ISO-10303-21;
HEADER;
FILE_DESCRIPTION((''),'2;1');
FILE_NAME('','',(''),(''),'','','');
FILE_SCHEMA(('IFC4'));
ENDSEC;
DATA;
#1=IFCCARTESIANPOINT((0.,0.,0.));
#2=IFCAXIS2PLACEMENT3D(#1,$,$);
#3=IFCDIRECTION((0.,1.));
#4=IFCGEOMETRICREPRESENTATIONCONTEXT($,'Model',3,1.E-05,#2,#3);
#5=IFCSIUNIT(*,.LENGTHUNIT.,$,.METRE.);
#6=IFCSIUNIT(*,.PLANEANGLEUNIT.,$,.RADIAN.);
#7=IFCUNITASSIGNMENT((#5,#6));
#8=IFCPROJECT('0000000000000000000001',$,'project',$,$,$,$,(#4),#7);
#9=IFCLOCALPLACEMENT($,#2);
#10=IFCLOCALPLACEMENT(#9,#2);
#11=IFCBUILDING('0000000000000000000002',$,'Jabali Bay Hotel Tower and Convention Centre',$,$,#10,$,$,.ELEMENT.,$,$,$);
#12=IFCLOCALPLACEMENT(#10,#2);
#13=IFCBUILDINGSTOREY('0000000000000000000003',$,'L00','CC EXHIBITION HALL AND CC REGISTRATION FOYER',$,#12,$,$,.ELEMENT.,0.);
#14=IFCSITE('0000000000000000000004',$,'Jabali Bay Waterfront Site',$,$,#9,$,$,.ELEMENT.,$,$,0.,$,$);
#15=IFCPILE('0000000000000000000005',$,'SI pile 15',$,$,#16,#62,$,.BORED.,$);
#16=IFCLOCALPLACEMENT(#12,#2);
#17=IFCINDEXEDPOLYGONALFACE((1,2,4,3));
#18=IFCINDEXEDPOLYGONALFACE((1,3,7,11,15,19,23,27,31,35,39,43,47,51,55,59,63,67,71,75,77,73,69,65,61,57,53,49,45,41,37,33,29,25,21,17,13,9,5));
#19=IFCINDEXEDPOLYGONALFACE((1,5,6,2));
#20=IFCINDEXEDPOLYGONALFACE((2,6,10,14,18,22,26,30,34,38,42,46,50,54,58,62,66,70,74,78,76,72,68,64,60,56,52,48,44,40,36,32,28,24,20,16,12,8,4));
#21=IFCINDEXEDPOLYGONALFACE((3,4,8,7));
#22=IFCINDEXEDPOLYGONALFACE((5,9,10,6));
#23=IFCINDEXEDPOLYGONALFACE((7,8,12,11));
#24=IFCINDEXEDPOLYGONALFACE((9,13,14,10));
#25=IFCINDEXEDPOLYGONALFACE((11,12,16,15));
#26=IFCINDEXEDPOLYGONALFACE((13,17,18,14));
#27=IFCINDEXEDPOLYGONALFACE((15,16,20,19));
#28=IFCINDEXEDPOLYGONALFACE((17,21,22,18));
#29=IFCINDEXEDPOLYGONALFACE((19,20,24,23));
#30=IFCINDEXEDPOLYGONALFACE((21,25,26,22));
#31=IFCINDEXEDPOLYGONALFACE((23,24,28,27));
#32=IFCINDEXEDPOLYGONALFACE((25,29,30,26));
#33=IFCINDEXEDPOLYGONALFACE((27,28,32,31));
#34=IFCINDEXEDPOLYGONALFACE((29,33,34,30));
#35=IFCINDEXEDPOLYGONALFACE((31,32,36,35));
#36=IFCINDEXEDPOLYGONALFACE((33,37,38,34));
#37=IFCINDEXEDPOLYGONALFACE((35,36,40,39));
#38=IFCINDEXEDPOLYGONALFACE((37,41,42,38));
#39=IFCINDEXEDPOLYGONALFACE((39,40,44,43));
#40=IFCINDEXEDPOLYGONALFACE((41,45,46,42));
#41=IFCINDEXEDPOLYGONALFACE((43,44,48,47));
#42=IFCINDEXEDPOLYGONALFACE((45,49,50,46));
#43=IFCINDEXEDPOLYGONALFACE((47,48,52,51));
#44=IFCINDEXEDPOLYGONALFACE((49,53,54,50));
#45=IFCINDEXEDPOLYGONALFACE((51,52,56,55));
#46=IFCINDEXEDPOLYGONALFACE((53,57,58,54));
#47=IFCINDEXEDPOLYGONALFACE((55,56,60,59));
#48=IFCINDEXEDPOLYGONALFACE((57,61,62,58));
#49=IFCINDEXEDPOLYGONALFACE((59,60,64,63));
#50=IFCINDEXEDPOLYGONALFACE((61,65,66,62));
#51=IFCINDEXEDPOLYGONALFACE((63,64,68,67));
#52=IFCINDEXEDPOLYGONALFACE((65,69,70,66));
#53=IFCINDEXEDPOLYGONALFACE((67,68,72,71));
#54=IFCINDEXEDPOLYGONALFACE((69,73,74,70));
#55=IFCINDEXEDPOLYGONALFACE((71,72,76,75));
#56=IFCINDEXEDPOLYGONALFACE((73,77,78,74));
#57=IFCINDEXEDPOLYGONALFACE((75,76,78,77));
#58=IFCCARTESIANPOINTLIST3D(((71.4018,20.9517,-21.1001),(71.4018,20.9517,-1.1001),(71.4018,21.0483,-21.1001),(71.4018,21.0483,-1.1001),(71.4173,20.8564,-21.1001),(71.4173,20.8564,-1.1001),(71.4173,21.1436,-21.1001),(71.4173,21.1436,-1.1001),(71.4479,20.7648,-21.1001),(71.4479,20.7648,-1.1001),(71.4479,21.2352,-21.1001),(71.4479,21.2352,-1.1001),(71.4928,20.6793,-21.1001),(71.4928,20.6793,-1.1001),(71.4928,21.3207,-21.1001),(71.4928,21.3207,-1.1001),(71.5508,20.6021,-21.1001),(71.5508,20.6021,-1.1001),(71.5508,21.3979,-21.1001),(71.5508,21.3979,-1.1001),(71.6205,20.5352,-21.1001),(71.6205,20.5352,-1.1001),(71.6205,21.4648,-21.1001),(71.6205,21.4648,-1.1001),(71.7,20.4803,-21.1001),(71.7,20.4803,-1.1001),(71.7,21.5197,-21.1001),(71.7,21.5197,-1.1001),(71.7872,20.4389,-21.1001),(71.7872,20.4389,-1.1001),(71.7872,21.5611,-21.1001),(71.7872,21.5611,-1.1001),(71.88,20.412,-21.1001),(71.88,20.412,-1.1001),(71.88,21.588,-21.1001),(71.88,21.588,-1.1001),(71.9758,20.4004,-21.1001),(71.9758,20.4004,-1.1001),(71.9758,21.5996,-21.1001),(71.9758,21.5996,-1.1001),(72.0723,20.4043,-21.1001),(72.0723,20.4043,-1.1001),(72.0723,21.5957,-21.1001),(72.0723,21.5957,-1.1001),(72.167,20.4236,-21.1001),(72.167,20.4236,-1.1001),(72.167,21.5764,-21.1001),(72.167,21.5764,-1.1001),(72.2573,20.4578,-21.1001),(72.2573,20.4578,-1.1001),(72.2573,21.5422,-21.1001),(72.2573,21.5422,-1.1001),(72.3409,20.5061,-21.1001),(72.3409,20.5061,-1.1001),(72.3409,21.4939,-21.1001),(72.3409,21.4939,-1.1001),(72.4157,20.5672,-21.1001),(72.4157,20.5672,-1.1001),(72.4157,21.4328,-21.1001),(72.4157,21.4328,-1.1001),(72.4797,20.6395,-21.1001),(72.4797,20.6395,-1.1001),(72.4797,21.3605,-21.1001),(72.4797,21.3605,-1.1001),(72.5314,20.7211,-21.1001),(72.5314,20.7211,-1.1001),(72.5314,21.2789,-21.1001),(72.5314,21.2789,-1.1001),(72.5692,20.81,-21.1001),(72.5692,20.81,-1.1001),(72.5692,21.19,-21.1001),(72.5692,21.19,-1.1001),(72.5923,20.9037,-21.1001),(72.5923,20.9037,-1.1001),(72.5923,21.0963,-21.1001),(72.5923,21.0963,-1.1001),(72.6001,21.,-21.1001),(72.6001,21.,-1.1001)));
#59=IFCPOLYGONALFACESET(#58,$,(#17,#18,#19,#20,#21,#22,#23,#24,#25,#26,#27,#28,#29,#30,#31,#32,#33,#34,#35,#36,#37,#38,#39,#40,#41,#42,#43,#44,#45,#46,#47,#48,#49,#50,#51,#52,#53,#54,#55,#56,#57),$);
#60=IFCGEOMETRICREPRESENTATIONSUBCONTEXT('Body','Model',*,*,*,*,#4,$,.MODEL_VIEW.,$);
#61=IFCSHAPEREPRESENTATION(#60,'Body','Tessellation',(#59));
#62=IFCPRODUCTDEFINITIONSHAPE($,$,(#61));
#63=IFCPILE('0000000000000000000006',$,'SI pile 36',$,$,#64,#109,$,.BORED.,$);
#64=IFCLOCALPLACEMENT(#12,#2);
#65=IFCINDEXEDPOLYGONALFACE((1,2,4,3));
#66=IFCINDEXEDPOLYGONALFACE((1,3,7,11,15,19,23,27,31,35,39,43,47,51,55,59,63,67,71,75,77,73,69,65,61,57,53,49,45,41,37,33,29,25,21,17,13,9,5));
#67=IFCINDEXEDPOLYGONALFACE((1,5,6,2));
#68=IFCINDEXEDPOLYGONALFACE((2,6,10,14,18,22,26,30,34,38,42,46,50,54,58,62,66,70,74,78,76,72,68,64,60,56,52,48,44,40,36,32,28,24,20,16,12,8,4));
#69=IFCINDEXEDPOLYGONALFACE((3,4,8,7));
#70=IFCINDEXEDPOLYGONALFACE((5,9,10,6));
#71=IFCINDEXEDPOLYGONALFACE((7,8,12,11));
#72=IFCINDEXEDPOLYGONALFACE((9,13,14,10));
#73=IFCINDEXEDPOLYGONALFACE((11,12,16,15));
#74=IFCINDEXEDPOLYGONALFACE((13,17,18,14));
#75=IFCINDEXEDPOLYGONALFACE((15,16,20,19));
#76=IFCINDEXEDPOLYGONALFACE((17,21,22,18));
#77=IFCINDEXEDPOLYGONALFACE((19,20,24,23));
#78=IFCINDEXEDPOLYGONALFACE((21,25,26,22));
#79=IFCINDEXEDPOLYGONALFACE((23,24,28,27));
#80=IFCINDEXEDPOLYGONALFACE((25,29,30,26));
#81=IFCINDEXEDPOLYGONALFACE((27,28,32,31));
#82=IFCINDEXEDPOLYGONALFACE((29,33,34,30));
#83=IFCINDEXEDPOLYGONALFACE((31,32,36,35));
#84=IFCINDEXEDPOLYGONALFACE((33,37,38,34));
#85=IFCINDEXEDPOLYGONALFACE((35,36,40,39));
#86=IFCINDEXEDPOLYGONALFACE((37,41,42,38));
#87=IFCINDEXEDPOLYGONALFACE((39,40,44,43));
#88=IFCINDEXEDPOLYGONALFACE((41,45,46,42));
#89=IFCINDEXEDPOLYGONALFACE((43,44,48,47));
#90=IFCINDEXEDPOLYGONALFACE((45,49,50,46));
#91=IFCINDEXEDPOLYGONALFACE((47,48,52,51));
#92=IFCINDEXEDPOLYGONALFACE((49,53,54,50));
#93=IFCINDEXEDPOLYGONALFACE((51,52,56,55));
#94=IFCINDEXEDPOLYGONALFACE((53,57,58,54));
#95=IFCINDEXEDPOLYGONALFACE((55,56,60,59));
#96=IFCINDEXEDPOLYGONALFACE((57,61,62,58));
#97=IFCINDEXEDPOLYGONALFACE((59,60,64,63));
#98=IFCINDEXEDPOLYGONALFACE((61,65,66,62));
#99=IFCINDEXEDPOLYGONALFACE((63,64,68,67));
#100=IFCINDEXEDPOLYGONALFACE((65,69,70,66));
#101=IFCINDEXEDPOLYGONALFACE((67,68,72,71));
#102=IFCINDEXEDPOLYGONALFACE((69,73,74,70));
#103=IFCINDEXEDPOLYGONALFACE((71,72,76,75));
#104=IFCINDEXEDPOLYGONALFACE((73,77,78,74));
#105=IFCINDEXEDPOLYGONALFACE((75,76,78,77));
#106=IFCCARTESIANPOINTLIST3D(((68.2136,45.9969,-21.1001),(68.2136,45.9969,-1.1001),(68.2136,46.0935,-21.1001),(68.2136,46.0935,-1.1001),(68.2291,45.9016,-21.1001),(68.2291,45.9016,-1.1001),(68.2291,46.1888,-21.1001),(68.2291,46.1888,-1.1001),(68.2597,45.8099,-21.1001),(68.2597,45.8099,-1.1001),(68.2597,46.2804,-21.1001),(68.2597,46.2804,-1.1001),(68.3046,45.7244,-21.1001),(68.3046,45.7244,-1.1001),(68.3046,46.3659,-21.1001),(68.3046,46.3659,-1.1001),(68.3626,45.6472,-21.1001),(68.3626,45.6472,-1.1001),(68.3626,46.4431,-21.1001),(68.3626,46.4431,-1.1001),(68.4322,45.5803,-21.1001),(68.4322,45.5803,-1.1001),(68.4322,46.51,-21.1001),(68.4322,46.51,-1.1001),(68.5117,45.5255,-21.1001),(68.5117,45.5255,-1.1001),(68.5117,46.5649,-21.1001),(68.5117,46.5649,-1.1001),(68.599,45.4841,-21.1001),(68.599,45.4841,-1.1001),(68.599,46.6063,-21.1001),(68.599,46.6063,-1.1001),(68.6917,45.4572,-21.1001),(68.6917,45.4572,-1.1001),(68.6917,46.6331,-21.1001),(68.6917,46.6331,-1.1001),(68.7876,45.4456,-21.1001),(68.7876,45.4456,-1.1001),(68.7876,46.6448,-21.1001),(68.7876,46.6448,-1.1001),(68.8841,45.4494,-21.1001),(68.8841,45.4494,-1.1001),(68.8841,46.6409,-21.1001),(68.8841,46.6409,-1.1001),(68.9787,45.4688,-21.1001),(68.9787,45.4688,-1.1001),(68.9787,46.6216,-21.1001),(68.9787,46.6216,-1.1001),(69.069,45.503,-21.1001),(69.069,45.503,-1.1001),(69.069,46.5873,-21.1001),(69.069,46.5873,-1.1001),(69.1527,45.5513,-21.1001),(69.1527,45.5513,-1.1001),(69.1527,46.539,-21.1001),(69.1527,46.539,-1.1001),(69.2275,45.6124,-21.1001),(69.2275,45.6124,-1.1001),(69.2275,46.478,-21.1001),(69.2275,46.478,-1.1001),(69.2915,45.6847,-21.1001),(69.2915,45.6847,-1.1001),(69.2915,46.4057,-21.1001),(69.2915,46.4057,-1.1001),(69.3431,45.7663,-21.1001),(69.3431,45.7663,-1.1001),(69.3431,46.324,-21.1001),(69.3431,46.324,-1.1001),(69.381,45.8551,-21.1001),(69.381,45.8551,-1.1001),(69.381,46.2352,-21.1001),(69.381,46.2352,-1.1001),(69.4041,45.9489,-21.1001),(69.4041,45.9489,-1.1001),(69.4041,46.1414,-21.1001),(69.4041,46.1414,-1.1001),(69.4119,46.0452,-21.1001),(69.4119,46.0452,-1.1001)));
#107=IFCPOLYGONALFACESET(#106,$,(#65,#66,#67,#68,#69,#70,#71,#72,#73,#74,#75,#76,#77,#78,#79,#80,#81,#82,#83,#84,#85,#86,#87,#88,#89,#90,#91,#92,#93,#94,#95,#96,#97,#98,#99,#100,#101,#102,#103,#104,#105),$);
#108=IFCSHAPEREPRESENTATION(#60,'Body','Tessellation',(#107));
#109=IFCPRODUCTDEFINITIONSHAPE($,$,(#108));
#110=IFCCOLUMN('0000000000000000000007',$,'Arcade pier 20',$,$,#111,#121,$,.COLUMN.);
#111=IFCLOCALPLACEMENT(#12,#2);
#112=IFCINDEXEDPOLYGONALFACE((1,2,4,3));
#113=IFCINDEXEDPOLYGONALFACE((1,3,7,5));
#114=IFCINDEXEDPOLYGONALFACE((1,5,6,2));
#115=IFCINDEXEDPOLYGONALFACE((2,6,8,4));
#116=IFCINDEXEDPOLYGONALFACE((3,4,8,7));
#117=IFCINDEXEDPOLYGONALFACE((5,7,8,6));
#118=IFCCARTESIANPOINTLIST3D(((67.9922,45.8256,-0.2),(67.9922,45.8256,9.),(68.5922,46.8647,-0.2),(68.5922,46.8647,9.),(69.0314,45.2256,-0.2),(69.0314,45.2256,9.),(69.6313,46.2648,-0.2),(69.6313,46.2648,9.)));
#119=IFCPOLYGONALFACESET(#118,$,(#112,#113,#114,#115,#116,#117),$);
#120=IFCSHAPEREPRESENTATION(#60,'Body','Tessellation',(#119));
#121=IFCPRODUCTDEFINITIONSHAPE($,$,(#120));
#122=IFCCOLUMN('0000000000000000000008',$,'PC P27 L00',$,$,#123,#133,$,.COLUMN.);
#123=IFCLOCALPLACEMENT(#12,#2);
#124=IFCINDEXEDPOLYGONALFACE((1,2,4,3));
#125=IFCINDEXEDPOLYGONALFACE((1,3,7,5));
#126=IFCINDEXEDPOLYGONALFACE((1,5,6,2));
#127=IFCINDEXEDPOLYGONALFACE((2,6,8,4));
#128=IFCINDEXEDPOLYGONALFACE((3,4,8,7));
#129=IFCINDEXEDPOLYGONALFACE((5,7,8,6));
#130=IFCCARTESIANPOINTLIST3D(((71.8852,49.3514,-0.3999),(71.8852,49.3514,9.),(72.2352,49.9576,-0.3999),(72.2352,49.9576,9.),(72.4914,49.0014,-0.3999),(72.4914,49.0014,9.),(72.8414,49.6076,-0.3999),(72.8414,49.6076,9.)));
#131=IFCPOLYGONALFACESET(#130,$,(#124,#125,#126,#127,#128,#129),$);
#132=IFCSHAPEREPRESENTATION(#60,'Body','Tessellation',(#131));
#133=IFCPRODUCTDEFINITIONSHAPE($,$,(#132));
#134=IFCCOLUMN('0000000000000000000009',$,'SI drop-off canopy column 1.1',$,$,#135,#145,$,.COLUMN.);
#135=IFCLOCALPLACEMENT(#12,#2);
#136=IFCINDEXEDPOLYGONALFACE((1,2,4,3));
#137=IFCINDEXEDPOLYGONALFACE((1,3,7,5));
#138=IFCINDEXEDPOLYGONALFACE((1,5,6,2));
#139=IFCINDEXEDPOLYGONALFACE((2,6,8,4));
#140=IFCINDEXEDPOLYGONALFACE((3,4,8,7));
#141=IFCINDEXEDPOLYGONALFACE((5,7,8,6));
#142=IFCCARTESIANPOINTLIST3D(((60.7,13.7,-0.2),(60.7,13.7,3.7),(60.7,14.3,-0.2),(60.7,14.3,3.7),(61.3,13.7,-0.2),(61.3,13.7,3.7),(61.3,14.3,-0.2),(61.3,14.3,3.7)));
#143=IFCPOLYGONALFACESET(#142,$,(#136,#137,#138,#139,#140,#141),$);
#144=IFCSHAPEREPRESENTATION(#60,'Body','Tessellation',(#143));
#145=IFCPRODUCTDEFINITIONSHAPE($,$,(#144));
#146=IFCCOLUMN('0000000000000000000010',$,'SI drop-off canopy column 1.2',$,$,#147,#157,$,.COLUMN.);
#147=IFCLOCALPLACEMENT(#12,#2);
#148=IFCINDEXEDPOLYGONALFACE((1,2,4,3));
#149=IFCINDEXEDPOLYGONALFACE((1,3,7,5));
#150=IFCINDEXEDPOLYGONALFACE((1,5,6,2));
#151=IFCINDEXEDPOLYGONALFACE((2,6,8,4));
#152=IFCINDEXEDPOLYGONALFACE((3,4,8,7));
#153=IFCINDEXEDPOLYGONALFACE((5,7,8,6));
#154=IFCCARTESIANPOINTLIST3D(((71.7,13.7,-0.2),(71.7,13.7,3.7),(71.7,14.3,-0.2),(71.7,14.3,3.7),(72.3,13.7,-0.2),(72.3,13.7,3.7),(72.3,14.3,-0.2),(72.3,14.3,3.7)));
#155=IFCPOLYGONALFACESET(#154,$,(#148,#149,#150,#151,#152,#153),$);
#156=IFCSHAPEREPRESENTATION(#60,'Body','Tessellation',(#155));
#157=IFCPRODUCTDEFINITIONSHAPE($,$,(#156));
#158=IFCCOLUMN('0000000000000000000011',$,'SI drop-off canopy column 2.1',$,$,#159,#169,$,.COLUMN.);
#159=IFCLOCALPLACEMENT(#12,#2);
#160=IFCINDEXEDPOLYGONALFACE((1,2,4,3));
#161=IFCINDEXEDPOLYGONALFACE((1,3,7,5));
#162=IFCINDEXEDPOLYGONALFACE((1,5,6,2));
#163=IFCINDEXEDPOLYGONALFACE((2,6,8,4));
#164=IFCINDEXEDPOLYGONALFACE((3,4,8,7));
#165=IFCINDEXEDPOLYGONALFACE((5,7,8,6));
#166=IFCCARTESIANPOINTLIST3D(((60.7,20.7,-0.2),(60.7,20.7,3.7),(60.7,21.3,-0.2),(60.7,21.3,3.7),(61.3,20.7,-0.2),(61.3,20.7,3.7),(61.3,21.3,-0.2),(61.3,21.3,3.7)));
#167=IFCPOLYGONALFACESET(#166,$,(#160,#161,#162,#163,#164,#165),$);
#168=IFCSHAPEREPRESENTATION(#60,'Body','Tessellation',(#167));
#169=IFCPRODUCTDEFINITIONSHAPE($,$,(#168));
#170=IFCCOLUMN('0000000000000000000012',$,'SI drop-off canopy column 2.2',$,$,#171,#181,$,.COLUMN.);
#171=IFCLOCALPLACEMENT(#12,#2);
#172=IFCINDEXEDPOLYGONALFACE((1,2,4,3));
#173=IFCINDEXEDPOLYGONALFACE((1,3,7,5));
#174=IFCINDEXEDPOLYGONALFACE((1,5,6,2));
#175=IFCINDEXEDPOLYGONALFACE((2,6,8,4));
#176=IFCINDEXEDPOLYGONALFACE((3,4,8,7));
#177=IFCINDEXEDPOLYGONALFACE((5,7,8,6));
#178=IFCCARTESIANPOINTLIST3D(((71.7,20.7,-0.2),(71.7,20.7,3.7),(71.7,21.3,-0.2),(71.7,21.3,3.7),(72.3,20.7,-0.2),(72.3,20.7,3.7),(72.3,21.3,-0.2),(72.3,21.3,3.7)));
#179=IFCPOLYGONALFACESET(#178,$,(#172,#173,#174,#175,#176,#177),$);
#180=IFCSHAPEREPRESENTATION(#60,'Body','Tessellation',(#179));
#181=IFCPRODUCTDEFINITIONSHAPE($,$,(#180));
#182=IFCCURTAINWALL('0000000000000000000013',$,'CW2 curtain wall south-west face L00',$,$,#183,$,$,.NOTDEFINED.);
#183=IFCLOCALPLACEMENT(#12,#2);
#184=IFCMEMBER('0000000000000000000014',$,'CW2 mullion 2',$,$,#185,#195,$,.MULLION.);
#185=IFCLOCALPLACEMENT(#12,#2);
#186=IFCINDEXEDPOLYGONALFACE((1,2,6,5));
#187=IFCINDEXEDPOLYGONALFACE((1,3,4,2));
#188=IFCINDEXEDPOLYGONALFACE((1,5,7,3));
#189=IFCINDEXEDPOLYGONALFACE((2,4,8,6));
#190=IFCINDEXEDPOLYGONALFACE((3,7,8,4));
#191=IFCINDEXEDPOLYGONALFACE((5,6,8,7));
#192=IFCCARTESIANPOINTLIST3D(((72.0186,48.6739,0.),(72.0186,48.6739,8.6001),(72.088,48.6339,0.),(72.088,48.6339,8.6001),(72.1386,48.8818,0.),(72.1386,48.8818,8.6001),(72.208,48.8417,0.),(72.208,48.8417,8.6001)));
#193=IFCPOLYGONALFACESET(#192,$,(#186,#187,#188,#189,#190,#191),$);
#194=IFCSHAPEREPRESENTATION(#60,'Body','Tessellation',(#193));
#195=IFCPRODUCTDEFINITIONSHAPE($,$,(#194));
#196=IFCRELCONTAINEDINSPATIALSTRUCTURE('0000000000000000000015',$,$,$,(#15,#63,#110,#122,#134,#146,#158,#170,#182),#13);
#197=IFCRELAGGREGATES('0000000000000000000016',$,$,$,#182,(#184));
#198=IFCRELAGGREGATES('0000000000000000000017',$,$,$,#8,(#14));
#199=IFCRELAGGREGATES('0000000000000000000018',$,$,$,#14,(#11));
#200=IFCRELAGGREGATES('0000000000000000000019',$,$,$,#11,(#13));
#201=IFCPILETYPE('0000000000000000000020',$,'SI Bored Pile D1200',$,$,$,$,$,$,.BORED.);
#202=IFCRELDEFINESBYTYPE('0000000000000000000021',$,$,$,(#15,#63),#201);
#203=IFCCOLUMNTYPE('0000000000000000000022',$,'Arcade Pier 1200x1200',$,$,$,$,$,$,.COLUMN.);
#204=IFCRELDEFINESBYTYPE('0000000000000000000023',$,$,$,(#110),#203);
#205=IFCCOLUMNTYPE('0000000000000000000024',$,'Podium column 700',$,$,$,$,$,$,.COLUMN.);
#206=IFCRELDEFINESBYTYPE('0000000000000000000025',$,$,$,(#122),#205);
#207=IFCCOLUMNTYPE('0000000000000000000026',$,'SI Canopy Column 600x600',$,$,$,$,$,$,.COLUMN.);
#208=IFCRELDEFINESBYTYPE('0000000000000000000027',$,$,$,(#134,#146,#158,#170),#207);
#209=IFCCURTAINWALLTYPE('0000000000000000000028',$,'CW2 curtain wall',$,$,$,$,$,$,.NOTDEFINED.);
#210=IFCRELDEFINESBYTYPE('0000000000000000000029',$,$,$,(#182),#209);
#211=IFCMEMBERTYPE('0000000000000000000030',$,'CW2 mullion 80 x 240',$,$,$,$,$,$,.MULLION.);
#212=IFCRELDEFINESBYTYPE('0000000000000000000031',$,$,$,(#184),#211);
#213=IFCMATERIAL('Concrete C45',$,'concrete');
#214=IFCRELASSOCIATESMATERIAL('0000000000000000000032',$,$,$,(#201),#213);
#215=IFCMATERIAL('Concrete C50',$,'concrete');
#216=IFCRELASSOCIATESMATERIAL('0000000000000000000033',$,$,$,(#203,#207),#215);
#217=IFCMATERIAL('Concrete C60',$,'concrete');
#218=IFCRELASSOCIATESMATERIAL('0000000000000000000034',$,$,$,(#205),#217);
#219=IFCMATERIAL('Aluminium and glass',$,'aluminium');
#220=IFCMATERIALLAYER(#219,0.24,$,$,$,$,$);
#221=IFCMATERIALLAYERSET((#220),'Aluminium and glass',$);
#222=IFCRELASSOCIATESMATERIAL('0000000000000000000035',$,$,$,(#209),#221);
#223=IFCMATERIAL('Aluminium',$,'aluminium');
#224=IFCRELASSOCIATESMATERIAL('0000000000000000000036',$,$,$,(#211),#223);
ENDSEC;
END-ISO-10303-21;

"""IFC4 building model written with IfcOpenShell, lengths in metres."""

from ifc_helpers import new_model, si_unit, direction, frame, origin, origin_2d, place, context, subcontext, project, spatial, rectangle, circle, extrude, material, layer, layer_set, material_profile, profile_set, type_object, element, aggregate, save


model = new_model("IFC4")

# Units and contexts
model_context = context("Model", 3, precision=1e-05, world=origin(), true_north=direction((0.0, 1.0)))
body_context = subcontext(model_context, "Body", "Model", "MODEL_VIEW")
ifc_project = project(units=[si_unit("LENGTHUNIT", "METRE"), si_unit("PLANEANGLEUNIT", "RADIAN")], contexts=[model_context])

# Site, building, storey
site_placement = place(None, origin())
site = spatial("IfcSite", under=ifc_project, at=site_placement, Name="Jabali Bay Waterfront Site", CompositionType="ELEMENT", RefElevation=0.0)
building_placement = place(site_placement, origin())
building = spatial("IfcBuilding", under=site, at=building_placement, Name="Jabali Bay Hotel Tower and Convention Centre", CompositionType="ELEMENT")
storey_placement = place(building_placement, origin())
storey = spatial("IfcBuildingStorey", under=building, at=storey_placement, Name="L00", Description="CC EXHIBITION HALL AND CC REGISTRATION FOYER", CompositionType="ELEMENT", Elevation=0.0)

# Piles
ifc_material_1 = material(Name="Concrete C45", Category="concrete")
ifc_material_profile_1 = material_profile(ifc_material_1, circle(Radius=0.6001, at=origin_2d()), Name="D1200")
ifc_profile_set_1 = profile_set([ifc_material_profile_1], Name="Concrete C45")
pile_type_1 = type_object("IfcPileType", Name="SI Bored Pile D1200", PredefinedType="BORED", material=ifc_profile_set_1)
for number, where, z_axis, x_axis, name in (
    (1, (72.0, 21.0, -1.1001), (0.0, 0.0, -1.0), (1.0, 0.0, 0.0), "SI pile 15"),
    (2, (68.8118, 46.0452, -1.1001), (0.0, 0.0, -1.0), (1.0, 0.0, 0.0), "SI pile 36"),
):
    element("IfcPile", number, at=place(storey_placement, frame(where, z_axis=z_axis, x_axis=x_axis)), inside=storey, type_object=pile_type_1, Name=name, PredefinedType="BORED", context=body_context, shape_type="SweptSolid", body=[
        extrude(circle(Radius=0.6001, at=origin_2d()), origin(), (0.0, 0.0, 1.0), 20.0),
    ])

# Columns
ifc_material_2 = material(Name="Concrete C50", Category="concrete")
ifc_material_profile_2 = material_profile(ifc_material_2, rectangle(XDim=1.2, YDim=1.2, at=origin_2d()), Name="RC 1200x1200")
ifc_profile_set_2 = profile_set([ifc_material_profile_2], Name="Concrete C50")
column_type_1 = type_object("IfcColumnType", Name="Arcade Pier 1200x1200", PredefinedType="COLUMN", material=ifc_profile_set_2)
column_1_placement = place(storey_placement, frame((68.8118, 46.0452, -0.2), z_axis=(0.0, 0.0, 1.0), x_axis=(0.866025, -0.5, 0.0)))
element("IfcColumn", 3, at=column_1_placement, inside=storey, type_object=column_type_1, Name="Arcade pier 20", PredefinedType="COLUMN", context=body_context, shape_type="SweptSolid", body=[
    extrude(rectangle(XDim=1.2, YDim=1.2, at=origin_2d()), origin(), (0.0, 0.0, 1.0), 9.2),
])
ifc_material_3 = material(Name="Concrete C60", Category="concrete")
ifc_material_profile_3 = material_profile(ifc_material_3, rectangle(XDim=0.7, YDim=0.7, at=origin_2d()), Name="Podium column 700")
ifc_profile_set_3 = profile_set([ifc_material_profile_3], Name="Concrete C60")
column_type_2 = type_object("IfcColumnType", Name="Podium column 700", PredefinedType="COLUMN", material=ifc_profile_set_3)
column_2_placement = place(storey_placement, frame((72.3633, 49.4795, -0.3999), z_axis=(0.0, 0.0, 1.0), x_axis=(0.5, 0.866025, 0.0)))
element("IfcColumn", 4, at=column_2_placement, inside=storey, type_object=column_type_2, Name="PC P27 L00", PredefinedType="COLUMN", context=body_context, shape_type="SweptSolid", body=[
    extrude(rectangle(XDim=0.7, YDim=0.7, at=origin_2d()), origin(), (0.0, 0.0, 1.0), 9.3999),
])
ifc_material_profile_4 = material_profile(ifc_material_2, rectangle(XDim=0.6001, YDim=0.6001, at=origin_2d()), Name="RC 600x600")
ifc_profile_set_4 = profile_set([ifc_material_profile_4], Name="Concrete C50")
column_type_3 = type_object("IfcColumnType", Name="SI Canopy Column 600x600", PredefinedType="COLUMN", material=ifc_profile_set_4)
for number, where, z_axis, x_axis, name in (
    (5, (61.0, 14.0, -0.2), (0.0, 0.0, 1.0), (1.0, 0.0, 0.0), "SI drop-off canopy column 1.1"),
    (6, (72.0, 14.0, -0.2), (0.0, 0.0, 1.0), (1.0, 0.0, 0.0), "SI drop-off canopy column 1.2"),
    (7, (61.0, 21.0, -0.2), (0.0, 0.0, 1.0), (1.0, 0.0, 0.0), "SI drop-off canopy column 2.1"),
    (8, (72.0, 21.0, -0.2), (0.0, 0.0, 1.0), (1.0, 0.0, 0.0), "SI drop-off canopy column 2.2"),
):
    element("IfcColumn", number, at=place(storey_placement, frame(where, z_axis=z_axis, x_axis=x_axis)), inside=storey, type_object=column_type_3, Name=name, PredefinedType="COLUMN", context=body_context, shape_type="SweptSolid", body=[
        extrude(rectangle(XDim=0.6001, YDim=0.6001, at=origin_2d()), origin(), (0.0, 0.0, 1.0), 3.8999),
    ])

# Curtain wall, member
ifc_material_4 = material(Name="Aluminium and glass", Category="aluminium")
ifc_layer_1 = layer(ifc_material_4, 0.24)
ifc_layer_set_1 = layer_set([ifc_layer_1], Name="Aluminium and glass")
curtain_wall_type = type_object("IfcCurtainWallType", Name="CW2 curtain wall", PredefinedType="NOTDEFINED", material=ifc_layer_set_1)
curtain_wall_placement = place(storey_placement, origin())
curtain_wall = element("IfcCurtainWall", 9, at=curtain_wall_placement, inside=storey, type_object=curtain_wall_type, Name="CW2 curtain wall south-west face L00", PredefinedType="NOTDEFINED")
ifc_material_5 = material(Name="Aluminium", Category="aluminium")
ifc_material_profile_5 = material_profile(ifc_material_5, rectangle(XDim=0.24, YDim=0.0801, at=origin_2d()), Name="CW2 mullion 80 x 240")
ifc_profile_set_5 = profile_set([ifc_material_profile_5], Name="Aluminium")
member_type_1 = type_object("IfcMemberType", Name="CW2 mullion 80 x 240", PredefinedType="MULLION", material=ifc_profile_set_5)
member_1_placement = place(storey_placement, frame((72.1133, 48.7578, 0.0), z_axis=(0.0, 0.0, 1.0), x_axis=(-0.5, -0.866025, 0.0)))
member_1 = element("IfcMember", 10, at=member_1_placement, type_object=member_type_1, Name="CW2 mullion 2", PredefinedType="MULLION", context=body_context, shape_type="SweptSolid", body=[
    extrude(rectangle(XDim=0.24, YDim=0.0801, at=origin_2d()), origin(), (0.0, 0.0, 1.0), 8.6001),
])

aggregate(curtain_wall, [member_1])

save(model, "model.ifc")
